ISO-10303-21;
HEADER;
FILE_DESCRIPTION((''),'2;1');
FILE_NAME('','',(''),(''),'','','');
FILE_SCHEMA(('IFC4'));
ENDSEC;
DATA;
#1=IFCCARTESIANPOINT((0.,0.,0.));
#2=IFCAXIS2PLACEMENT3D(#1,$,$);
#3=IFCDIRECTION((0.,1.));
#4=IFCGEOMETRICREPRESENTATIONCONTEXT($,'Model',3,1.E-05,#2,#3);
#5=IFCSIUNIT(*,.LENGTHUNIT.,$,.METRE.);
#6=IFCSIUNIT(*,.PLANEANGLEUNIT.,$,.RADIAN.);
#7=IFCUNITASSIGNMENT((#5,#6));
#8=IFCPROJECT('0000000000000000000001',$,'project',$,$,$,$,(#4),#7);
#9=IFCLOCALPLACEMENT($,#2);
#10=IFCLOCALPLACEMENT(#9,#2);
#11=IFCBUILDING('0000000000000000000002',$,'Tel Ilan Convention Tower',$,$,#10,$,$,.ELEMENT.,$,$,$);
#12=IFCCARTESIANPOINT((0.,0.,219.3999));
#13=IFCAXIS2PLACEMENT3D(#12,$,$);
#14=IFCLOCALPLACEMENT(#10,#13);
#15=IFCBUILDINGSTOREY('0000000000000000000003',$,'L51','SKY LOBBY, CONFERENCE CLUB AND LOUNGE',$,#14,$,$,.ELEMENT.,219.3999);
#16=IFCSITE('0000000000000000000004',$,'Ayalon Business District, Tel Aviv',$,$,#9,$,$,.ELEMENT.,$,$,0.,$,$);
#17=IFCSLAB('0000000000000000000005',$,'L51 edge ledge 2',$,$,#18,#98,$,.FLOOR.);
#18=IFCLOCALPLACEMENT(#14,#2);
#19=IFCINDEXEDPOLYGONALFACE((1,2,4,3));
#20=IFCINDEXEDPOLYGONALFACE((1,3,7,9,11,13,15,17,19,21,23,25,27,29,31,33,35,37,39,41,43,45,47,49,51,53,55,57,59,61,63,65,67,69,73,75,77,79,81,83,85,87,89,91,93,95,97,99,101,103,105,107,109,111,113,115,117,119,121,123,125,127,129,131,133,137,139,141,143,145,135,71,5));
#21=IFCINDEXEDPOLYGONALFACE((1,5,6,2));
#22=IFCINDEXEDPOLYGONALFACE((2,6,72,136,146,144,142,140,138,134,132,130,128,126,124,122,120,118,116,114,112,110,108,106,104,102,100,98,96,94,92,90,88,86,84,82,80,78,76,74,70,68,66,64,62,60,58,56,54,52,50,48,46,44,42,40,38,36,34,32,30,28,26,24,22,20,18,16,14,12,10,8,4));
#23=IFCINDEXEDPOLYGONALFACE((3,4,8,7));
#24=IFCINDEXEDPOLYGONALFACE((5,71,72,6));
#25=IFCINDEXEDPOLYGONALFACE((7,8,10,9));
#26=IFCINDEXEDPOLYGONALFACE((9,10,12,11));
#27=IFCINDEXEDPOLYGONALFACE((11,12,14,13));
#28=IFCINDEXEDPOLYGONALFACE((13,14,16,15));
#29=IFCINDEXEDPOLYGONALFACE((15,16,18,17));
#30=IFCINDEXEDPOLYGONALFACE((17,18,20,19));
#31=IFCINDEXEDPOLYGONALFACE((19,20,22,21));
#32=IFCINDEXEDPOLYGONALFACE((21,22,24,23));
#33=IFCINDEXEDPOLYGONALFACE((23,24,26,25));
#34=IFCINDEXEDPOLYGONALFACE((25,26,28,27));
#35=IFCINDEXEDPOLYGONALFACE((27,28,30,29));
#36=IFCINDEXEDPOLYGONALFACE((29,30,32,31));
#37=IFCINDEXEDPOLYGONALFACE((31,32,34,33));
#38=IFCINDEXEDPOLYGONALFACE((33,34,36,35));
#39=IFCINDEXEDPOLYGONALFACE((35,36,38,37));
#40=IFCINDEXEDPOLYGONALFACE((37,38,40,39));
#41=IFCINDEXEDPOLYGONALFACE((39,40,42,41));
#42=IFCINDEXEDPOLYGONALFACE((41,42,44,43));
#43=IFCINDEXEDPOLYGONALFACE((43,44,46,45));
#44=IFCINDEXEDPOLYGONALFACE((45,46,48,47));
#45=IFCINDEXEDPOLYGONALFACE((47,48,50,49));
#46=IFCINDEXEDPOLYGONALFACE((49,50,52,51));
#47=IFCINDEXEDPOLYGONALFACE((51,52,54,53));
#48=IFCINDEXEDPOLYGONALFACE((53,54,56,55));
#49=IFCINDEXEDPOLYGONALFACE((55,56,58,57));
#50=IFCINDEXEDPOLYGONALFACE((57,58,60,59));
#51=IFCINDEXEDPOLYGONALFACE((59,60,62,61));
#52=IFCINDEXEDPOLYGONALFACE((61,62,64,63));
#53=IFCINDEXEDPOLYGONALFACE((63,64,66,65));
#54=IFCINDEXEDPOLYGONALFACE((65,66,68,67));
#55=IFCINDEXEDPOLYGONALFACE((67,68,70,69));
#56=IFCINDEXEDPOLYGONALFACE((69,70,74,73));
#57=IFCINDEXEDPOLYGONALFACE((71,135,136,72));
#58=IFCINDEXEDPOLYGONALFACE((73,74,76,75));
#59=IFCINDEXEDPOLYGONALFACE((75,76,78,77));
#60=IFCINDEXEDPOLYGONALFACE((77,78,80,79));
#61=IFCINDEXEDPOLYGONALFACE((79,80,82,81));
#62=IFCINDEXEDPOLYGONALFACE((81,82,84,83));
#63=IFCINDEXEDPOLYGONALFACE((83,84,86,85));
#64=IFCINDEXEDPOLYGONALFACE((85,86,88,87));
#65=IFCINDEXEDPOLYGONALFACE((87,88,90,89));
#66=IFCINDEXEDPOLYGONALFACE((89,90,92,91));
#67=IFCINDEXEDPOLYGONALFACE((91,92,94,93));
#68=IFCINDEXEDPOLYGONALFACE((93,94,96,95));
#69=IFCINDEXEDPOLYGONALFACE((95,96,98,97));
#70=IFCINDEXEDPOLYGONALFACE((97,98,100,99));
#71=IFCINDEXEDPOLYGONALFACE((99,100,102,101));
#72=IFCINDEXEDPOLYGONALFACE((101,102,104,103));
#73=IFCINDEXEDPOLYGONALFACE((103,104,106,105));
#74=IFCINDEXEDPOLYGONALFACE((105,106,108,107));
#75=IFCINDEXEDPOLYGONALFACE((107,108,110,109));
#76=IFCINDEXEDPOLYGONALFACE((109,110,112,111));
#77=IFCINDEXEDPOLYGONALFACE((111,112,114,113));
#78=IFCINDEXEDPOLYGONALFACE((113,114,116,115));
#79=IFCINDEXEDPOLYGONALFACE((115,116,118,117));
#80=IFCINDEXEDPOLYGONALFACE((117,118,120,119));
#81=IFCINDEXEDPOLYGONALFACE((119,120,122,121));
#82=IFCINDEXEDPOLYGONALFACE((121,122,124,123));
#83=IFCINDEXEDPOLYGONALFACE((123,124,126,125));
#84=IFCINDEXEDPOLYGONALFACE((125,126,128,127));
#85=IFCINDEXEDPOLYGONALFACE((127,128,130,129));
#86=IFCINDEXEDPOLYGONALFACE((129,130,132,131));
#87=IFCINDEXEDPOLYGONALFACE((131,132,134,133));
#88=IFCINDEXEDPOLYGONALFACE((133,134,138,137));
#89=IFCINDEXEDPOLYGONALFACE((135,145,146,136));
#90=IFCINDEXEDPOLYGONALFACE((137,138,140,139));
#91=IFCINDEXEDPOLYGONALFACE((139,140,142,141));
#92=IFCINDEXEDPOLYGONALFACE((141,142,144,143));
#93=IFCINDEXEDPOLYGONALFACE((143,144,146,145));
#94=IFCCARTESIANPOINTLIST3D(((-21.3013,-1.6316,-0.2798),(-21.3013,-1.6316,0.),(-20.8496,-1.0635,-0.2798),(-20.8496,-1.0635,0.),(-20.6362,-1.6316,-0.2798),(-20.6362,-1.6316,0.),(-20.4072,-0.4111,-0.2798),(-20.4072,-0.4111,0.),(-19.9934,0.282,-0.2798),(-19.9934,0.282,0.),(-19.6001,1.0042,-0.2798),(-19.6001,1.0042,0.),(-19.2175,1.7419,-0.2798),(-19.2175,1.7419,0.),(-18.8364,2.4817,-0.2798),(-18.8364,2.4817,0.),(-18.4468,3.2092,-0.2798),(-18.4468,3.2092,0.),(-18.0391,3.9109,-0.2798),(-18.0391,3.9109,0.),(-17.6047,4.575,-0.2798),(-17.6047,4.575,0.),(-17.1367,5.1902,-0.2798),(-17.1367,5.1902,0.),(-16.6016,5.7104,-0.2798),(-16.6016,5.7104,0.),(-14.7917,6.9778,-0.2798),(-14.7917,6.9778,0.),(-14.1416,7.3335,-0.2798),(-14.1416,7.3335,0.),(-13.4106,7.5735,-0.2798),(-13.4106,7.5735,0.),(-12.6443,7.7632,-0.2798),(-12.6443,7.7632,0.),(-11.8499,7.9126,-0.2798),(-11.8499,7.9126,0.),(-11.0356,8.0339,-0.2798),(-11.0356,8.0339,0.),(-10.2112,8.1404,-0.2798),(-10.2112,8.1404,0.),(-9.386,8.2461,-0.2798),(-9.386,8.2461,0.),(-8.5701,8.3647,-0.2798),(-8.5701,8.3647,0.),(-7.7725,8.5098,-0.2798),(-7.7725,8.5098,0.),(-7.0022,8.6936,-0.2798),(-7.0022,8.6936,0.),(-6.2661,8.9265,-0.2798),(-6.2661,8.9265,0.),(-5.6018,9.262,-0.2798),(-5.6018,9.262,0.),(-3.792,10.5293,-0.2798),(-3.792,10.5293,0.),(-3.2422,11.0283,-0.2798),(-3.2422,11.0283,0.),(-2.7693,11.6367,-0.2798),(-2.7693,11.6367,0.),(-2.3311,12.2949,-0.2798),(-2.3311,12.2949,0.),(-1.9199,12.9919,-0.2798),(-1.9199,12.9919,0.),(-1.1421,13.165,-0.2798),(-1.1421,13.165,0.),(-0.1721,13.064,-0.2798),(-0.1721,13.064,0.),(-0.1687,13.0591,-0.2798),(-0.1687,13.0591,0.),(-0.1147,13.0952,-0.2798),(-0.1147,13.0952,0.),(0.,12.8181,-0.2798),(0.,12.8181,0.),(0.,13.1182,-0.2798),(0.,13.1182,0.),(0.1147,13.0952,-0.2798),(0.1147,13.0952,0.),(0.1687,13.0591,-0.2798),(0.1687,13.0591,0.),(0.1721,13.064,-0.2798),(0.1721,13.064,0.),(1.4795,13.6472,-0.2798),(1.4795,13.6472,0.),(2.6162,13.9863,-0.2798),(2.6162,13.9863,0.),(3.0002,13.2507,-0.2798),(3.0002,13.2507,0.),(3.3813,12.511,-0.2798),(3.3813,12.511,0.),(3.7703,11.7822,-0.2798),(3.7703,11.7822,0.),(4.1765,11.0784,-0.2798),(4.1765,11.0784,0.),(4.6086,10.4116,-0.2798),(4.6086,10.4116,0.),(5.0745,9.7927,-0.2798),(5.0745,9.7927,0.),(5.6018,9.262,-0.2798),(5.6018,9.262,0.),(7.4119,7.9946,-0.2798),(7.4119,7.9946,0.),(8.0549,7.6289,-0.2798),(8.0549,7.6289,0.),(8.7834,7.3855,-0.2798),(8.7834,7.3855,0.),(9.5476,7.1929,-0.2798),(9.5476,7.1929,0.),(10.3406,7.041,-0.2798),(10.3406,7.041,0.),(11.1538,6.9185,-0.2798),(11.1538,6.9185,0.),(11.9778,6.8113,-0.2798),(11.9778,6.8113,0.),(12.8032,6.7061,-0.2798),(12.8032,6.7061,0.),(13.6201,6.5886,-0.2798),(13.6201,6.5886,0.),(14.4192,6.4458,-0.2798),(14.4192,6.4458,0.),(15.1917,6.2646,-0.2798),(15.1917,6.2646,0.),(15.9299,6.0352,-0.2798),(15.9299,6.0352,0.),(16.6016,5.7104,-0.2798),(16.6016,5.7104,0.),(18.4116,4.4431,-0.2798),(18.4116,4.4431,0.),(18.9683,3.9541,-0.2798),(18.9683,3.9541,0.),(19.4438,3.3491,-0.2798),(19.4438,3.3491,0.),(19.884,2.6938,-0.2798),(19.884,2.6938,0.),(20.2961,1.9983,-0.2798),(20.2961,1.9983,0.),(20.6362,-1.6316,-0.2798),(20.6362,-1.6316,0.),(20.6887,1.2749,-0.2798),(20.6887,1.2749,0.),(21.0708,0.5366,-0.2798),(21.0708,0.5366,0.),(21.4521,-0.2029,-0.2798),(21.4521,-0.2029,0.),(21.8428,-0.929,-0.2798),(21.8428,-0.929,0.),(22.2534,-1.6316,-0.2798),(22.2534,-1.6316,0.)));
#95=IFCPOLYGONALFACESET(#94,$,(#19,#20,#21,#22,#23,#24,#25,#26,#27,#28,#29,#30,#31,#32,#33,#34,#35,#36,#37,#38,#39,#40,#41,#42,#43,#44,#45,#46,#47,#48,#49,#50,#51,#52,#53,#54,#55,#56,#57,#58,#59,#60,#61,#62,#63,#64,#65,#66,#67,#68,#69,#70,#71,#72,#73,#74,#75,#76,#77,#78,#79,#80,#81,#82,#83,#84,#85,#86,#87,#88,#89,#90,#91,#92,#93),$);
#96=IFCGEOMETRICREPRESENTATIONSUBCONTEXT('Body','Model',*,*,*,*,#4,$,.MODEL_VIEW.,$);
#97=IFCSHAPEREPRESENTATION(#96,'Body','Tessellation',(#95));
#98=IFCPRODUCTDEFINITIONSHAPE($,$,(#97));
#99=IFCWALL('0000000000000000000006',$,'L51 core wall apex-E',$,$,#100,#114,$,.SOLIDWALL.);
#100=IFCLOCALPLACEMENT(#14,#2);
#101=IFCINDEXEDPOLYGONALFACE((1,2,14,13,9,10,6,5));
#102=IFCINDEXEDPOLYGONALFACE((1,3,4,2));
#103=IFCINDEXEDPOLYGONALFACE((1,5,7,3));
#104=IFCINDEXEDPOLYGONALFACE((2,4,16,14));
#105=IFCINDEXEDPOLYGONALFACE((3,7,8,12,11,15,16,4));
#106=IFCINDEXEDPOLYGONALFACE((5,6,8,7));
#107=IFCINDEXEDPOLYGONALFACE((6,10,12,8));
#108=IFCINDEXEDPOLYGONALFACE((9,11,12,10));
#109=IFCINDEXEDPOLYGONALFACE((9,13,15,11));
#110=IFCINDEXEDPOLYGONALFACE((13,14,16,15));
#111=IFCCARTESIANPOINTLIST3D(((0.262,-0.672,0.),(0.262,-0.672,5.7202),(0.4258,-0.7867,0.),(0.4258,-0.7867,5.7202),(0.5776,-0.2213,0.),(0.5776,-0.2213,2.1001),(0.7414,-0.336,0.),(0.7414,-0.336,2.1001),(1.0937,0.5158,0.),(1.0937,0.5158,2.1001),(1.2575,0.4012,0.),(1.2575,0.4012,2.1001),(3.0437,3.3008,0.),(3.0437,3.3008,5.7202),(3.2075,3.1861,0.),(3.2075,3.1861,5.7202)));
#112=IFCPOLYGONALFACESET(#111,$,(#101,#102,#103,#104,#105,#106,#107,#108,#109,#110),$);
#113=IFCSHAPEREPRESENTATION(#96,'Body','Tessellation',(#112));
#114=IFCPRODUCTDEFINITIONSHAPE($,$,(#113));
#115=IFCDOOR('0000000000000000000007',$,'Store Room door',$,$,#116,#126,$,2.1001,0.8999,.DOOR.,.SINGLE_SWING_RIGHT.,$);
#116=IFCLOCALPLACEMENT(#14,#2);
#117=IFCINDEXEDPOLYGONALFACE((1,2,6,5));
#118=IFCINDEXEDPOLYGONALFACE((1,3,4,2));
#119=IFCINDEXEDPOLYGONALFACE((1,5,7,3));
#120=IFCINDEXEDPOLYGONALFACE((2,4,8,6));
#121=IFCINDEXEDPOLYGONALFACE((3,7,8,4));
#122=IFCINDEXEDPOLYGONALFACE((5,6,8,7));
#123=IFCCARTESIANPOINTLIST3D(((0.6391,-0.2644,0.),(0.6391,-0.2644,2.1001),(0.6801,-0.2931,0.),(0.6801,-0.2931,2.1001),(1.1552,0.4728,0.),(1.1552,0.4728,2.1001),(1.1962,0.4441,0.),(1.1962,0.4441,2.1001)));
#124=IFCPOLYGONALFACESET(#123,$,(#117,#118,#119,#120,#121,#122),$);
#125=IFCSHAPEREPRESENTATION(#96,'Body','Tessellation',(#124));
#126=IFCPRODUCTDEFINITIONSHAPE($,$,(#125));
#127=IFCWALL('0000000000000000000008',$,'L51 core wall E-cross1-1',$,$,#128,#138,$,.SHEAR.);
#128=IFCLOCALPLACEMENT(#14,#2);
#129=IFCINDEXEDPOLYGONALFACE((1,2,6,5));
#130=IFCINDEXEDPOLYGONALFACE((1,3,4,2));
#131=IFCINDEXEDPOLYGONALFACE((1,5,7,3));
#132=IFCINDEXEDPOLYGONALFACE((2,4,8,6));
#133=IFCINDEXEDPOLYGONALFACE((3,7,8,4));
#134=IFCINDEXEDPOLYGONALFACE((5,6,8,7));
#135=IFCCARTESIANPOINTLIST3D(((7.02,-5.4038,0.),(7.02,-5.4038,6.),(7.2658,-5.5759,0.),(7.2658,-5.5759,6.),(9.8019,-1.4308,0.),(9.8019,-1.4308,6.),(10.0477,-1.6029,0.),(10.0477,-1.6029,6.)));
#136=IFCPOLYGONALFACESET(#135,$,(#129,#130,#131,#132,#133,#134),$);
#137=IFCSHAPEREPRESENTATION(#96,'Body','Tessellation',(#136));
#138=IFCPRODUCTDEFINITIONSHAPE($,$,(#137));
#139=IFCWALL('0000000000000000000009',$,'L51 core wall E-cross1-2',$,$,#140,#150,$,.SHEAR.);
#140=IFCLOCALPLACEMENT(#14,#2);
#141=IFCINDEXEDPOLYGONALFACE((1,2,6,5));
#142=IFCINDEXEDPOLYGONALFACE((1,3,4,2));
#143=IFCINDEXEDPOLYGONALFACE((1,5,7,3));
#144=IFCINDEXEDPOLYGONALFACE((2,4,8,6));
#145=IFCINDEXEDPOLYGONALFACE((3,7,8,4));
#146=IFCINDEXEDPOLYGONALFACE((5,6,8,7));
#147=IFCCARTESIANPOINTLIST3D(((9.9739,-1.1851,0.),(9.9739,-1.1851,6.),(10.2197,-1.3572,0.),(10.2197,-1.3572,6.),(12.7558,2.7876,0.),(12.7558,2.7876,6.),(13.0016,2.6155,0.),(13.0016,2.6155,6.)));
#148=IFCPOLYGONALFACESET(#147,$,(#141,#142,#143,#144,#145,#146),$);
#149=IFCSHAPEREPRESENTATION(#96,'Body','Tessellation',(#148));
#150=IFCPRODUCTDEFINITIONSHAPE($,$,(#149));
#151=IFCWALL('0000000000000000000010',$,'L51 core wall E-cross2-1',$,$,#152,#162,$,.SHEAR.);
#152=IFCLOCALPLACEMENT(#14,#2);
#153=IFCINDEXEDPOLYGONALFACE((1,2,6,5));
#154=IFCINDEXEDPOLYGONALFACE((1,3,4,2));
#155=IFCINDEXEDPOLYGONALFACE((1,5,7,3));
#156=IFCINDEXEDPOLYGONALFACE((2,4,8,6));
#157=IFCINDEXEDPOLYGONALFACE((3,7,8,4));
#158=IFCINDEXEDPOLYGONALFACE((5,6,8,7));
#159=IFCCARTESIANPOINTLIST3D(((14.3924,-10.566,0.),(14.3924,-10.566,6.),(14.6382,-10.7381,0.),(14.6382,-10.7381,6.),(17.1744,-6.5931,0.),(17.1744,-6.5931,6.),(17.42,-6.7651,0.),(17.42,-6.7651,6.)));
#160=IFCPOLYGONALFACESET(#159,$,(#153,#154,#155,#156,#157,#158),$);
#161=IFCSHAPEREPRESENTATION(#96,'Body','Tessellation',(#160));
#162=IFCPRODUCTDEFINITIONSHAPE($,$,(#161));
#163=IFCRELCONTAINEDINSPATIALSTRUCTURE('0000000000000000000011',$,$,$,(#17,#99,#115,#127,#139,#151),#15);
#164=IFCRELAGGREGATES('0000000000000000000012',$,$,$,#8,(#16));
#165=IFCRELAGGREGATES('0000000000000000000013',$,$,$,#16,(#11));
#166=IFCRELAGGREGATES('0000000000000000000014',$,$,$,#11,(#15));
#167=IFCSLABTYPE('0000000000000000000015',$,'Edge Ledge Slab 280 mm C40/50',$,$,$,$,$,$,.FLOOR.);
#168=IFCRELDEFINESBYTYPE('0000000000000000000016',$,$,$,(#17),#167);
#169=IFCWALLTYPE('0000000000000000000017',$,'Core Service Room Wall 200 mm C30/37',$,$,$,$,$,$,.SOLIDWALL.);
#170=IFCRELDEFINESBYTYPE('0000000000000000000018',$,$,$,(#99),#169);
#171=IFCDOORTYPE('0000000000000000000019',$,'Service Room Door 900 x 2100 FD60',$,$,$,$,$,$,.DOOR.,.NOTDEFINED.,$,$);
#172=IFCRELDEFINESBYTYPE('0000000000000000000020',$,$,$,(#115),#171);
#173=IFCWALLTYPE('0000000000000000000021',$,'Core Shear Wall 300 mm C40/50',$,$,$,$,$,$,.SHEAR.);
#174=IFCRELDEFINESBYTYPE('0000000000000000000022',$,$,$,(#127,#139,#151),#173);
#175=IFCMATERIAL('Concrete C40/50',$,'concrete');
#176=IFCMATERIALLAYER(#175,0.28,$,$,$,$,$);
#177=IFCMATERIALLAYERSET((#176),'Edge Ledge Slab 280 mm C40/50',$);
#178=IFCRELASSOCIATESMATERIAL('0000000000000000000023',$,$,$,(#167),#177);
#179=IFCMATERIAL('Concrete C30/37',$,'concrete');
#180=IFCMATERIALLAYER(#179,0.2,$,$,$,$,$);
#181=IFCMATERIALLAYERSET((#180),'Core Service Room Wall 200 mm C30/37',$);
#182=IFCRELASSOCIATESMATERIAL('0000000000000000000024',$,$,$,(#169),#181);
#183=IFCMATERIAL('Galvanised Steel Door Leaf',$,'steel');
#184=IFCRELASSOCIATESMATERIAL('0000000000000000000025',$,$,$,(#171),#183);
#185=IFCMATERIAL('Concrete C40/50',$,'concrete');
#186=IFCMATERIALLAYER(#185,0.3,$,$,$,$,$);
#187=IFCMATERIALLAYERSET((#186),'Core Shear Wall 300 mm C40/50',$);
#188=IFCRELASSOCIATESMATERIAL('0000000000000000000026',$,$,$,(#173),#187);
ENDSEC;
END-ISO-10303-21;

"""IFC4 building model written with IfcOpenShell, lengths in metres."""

from ifc_helpers import new_model, si_unit, direction, frame, frame_2d, origin, place, context, subcontext, project, spatial, polyline, rectangle, outline, extrude, material, layer, layer_set, type_object, element, fill, save


model = new_model("IFC4")

# Units and contexts
model_context = context("Model", 3, precision=1e-05, world=origin(), true_north=direction((0.0, 1.0)))
body_context = subcontext(model_context, "Body", "Model", "MODEL_VIEW")
ifc_project = project(units=[si_unit("LENGTHUNIT", "METRE"), si_unit("PLANEANGLEUNIT", "RADIAN")], contexts=[model_context])

# Site, building, storey
site_placement = place(None, origin())
site = spatial("IfcSite", under=ifc_project, at=site_placement, Name="Ayalon Business District, Tel Aviv", CompositionType="ELEMENT", RefElevation=0.0)
building_placement = place(site_placement, origin())
building = spatial("IfcBuilding", under=site, at=building_placement, Name="Tel Ilan Convention Tower", CompositionType="ELEMENT")
storey_placement = place(building_placement, frame((0.0, 0.0, 219.3999)))
storey = spatial("IfcBuildingStorey", under=building, at=storey_placement, Name="L51", Description="SKY LOBBY, CONFERENCE CLUB AND LOUNGE", CompositionType="ELEMENT", Elevation=219.3999)

# Slab
ifc_material_1 = material(Name="Concrete C40/50", Category="concrete")
ifc_layer_1 = layer(ifc_material_1, 0.28)
ifc_layer_set_1 = layer_set([ifc_layer_1], Name="Edge Ledge Slab 280 mm C40/50")
slab_type_1 = type_object("IfcSlabType", Name="Edge Ledge Slab 280 mm C40/50", PredefinedType="FLOOR", material=ifc_layer_set_1)
slab_1_placement = place(storey_placement, frame((0.0, 0.0, -0.2798)))
element("IfcSlab", 1, at=slab_1_placement, inside=storey, type_object=slab_type_1, Name="L51 edge ledge 2", PredefinedType="FLOOR", context=body_context, shape_type="SweptSolid", body=[
    extrude(outline(polyline([(-19.6001, 1.0042), (-19.2175, 1.7419), (-18.8364, 2.4817), (-18.4468, 3.2092), (-18.0391, 3.9109), (-17.6047, 4.575), (-17.1367, 5.1902), (-16.6016, 5.7104), (-14.7917, 6.9778), (-14.1416, 7.3335), (-13.4106, 7.5735), (-12.6443, 7.7632), (-11.8499, 7.9126), (-11.0356, 8.0339), (-10.2112, 8.1404), (-9.386, 8.2461), (-8.5701, 8.3647), (-7.7725, 8.5098), (-7.0022, 8.6936), (-6.2661, 8.9265), (-5.6018, 9.262), (-3.792, 10.5293), (-3.2422, 11.0283), (-2.7693, 11.6367), (-2.3311, 12.2949), (-1.9199, 12.9919), (-1.1421, 13.165), (-0.1721, 13.064), (-0.1687, 13.0591), (-0.1147, 13.0952), (0.0, 13.1182), (0.1147, 13.0952), (0.1687, 13.0591), (0.1721, 13.064), (1.4795, 13.6472), (2.6162, 13.9863), (3.0002, 13.2507), (3.3813, 12.511), (3.7703, 11.7822), (4.1765, 11.0784), (4.6086, 10.4116), (5.0745, 9.7927), (5.6018, 9.262), (7.4119, 7.9946), (8.0549, 7.6289), (8.7834, 7.3855), (9.5476, 7.1929), (10.3406, 7.041), (11.1538, 6.9185), (11.9778, 6.8113), (12.8032, 6.7061), (13.6201, 6.5886), (14.4192, 6.4458), (15.1917, 6.2646), (15.9299, 6.0352), (16.6016, 5.7104), (18.4116, 4.4431), (18.9683, 3.9541), (19.4438, 3.3491), (19.884, 2.6938), (20.2961, 1.9983), (20.6887, 1.2749), (21.0708, 0.5366), (21.4521, -0.2029), (21.8428, -0.929), (22.2534, -1.6316), (20.6362, -1.6316), (0.0, 12.8181), (-20.6362, -1.6316), (-21.3013, -1.6316), (-20.8496, -1.0635), (-20.4072, -0.4111), (-19.9934, 0.282), (-19.6001, 1.0042)])), origin(), (0.0, 0.0, 1.0), 0.2798),
])

# Wall, opening, door
ifc_material_2 = material(Name="Concrete C30/37", Category="concrete")
ifc_layer_2 = layer(ifc_material_2, 0.2)
ifc_layer_set_2 = layer_set([ifc_layer_2], Name="Core Service Room Wall 200 mm C30/37")
wall_type_1 = type_object("IfcWallType", Name="Core Service Room Wall 200 mm C30/37", PredefinedType="SOLIDWALL", material=ifc_layer_set_2)
wall_1_placement = place(storey_placement, frame((0.344, -0.7292, 0.0), z_axis=(0.0, 0.0, 1.0), x_axis=(0.57356, 0.819163, 0.0)))
wall_1 = element("IfcWall", 2, at=wall_1_placement, inside=storey, type_object=wall_type_1, Name="L51 core wall apex-E", PredefinedType="SOLIDWALL", context=body_context, shape_type="SweptSolid", body=[
    extrude(rectangle(XDim=4.8499, YDim=0.2, at=frame_2d((2.4248, 0.0))), origin(), (0.0, 0.0, 1.0), 5.7202),
])
opening_1_placement = place(wall_1_placement, frame((0.55, 0.0, 0.0)))
opening_1 = element("IfcOpeningElement", 3, at=opening_1_placement, cuts=wall_1, PredefinedType="OPENING", context=body_context, shape_type="SweptSolid", body=[
    extrude(rectangle(XDim=0.8999, YDim=2.1001, at=frame_2d((0.45, 1.05))), frame((0.0, 0.1099, 0.0), z_axis=(0.0, -1.0, 0.0), x_axis=(1.0, 0.0, 0.0)), (0.0, 0.0, 1.0), 0.22),
])
ifc_material_3 = material(Name="Galvanised Steel Door Leaf", Category="steel")
door_type_1 = type_object("IfcDoorType", Name="Service Room Door 900 x 2100 FD60", OperationType="NOTDEFINED", PredefinedType="DOOR", material=ifc_material_3)
door_1_placement = place(opening_1_placement, origin())
door_1 = element("IfcDoor", 4, at=door_1_placement, inside=storey, type_object=door_type_1, Name="Store Room door", OperationType="SINGLE_SWING_RIGHT", OverallHeight=2.1001, OverallWidth=0.8999, PredefinedType="DOOR", context=body_context, shape_type="SweptSolid", body=[
    extrude(rectangle(XDim=0.8999, YDim=2.1001, at=frame_2d((0.45, 1.05))), frame((0.0, 0.0249, 0.0), z_axis=(0.0, -1.0, 0.0), x_axis=(1.0, 0.0, 0.0)), (0.0, 0.0, 1.0), 0.05),
])
fill(opening_1, door_1)

# Walls
ifc_material_4 = material(Name="Concrete C40/50", Category="concrete")
ifc_layer_3 = layer(ifc_material_4, 0.3)
ifc_layer_set_3 = layer_set([ifc_layer_3], Name="Core Shear Wall 300 mm C40/50")
wall_type_2 = type_object("IfcWallType", Name="Core Shear Wall 300 mm C40/50", PredefinedType="SHEAR", material=ifc_layer_set_3)
wall_2_placement = place(storey_placement, frame((7.1428, -5.4897, 0.0), z_axis=(0.0, 0.0, 1.0), x_axis=(0.573618, 0.819123, 0.0)))
element("IfcWall", 5, at=wall_2_placement, inside=storey, type_object=wall_type_2, Name="L51 core wall E-cross1-1", PredefinedType="SHEAR", context=body_context, shape_type="SweptSolid", body=[
    extrude(outline(polyline([(0.0, 0.1499), (0.0, -0.1501), (4.8501, -0.1499), (4.8501, 0.1501), (0.0, 0.1499)])), origin(), (0.0, 0.0, 1.0), 6.0),
])
wall_3_placement = place(storey_placement, frame((10.0969, -1.2712, 0.0), z_axis=(0.0, 0.0, 1.0), x_axis=(0.57356, 0.819163, 0.0)))
element("IfcWall", 6, at=wall_3_placement, inside=storey, type_object=wall_type_2, Name="L51 core wall E-cross1-2", PredefinedType="SHEAR", context=body_context, shape_type="SweptSolid", body=[
    extrude(outline(polyline([(4.8499, -0.1501), (4.8499, 0.1499), (0.0, 0.1501), (0.0, -0.1499), (4.8499, -0.1501)])), origin(), (0.0, 0.0, 1.0), 6.0),
])
wall_4_placement = place(storey_placement, frame((14.5154, -10.6521, 0.0), z_axis=(0.0, 0.0, 1.0), x_axis=(0.57356, 0.819163, 0.0)))
element("IfcWall", 7, at=wall_4_placement, inside=storey, type_object=wall_type_2, Name="L51 core wall E-cross2-1", PredefinedType="SHEAR", context=body_context, shape_type="SweptSolid", body=[
    extrude(outline(polyline([(0.0, 0.1501), (0.0, -0.1499), (4.8501, -0.1499), (4.8501, 0.1499), (0.0, 0.1501)])), origin(), (0.0, 0.0, 1.0), 6.0),
])

save(model, "model.ifc")
